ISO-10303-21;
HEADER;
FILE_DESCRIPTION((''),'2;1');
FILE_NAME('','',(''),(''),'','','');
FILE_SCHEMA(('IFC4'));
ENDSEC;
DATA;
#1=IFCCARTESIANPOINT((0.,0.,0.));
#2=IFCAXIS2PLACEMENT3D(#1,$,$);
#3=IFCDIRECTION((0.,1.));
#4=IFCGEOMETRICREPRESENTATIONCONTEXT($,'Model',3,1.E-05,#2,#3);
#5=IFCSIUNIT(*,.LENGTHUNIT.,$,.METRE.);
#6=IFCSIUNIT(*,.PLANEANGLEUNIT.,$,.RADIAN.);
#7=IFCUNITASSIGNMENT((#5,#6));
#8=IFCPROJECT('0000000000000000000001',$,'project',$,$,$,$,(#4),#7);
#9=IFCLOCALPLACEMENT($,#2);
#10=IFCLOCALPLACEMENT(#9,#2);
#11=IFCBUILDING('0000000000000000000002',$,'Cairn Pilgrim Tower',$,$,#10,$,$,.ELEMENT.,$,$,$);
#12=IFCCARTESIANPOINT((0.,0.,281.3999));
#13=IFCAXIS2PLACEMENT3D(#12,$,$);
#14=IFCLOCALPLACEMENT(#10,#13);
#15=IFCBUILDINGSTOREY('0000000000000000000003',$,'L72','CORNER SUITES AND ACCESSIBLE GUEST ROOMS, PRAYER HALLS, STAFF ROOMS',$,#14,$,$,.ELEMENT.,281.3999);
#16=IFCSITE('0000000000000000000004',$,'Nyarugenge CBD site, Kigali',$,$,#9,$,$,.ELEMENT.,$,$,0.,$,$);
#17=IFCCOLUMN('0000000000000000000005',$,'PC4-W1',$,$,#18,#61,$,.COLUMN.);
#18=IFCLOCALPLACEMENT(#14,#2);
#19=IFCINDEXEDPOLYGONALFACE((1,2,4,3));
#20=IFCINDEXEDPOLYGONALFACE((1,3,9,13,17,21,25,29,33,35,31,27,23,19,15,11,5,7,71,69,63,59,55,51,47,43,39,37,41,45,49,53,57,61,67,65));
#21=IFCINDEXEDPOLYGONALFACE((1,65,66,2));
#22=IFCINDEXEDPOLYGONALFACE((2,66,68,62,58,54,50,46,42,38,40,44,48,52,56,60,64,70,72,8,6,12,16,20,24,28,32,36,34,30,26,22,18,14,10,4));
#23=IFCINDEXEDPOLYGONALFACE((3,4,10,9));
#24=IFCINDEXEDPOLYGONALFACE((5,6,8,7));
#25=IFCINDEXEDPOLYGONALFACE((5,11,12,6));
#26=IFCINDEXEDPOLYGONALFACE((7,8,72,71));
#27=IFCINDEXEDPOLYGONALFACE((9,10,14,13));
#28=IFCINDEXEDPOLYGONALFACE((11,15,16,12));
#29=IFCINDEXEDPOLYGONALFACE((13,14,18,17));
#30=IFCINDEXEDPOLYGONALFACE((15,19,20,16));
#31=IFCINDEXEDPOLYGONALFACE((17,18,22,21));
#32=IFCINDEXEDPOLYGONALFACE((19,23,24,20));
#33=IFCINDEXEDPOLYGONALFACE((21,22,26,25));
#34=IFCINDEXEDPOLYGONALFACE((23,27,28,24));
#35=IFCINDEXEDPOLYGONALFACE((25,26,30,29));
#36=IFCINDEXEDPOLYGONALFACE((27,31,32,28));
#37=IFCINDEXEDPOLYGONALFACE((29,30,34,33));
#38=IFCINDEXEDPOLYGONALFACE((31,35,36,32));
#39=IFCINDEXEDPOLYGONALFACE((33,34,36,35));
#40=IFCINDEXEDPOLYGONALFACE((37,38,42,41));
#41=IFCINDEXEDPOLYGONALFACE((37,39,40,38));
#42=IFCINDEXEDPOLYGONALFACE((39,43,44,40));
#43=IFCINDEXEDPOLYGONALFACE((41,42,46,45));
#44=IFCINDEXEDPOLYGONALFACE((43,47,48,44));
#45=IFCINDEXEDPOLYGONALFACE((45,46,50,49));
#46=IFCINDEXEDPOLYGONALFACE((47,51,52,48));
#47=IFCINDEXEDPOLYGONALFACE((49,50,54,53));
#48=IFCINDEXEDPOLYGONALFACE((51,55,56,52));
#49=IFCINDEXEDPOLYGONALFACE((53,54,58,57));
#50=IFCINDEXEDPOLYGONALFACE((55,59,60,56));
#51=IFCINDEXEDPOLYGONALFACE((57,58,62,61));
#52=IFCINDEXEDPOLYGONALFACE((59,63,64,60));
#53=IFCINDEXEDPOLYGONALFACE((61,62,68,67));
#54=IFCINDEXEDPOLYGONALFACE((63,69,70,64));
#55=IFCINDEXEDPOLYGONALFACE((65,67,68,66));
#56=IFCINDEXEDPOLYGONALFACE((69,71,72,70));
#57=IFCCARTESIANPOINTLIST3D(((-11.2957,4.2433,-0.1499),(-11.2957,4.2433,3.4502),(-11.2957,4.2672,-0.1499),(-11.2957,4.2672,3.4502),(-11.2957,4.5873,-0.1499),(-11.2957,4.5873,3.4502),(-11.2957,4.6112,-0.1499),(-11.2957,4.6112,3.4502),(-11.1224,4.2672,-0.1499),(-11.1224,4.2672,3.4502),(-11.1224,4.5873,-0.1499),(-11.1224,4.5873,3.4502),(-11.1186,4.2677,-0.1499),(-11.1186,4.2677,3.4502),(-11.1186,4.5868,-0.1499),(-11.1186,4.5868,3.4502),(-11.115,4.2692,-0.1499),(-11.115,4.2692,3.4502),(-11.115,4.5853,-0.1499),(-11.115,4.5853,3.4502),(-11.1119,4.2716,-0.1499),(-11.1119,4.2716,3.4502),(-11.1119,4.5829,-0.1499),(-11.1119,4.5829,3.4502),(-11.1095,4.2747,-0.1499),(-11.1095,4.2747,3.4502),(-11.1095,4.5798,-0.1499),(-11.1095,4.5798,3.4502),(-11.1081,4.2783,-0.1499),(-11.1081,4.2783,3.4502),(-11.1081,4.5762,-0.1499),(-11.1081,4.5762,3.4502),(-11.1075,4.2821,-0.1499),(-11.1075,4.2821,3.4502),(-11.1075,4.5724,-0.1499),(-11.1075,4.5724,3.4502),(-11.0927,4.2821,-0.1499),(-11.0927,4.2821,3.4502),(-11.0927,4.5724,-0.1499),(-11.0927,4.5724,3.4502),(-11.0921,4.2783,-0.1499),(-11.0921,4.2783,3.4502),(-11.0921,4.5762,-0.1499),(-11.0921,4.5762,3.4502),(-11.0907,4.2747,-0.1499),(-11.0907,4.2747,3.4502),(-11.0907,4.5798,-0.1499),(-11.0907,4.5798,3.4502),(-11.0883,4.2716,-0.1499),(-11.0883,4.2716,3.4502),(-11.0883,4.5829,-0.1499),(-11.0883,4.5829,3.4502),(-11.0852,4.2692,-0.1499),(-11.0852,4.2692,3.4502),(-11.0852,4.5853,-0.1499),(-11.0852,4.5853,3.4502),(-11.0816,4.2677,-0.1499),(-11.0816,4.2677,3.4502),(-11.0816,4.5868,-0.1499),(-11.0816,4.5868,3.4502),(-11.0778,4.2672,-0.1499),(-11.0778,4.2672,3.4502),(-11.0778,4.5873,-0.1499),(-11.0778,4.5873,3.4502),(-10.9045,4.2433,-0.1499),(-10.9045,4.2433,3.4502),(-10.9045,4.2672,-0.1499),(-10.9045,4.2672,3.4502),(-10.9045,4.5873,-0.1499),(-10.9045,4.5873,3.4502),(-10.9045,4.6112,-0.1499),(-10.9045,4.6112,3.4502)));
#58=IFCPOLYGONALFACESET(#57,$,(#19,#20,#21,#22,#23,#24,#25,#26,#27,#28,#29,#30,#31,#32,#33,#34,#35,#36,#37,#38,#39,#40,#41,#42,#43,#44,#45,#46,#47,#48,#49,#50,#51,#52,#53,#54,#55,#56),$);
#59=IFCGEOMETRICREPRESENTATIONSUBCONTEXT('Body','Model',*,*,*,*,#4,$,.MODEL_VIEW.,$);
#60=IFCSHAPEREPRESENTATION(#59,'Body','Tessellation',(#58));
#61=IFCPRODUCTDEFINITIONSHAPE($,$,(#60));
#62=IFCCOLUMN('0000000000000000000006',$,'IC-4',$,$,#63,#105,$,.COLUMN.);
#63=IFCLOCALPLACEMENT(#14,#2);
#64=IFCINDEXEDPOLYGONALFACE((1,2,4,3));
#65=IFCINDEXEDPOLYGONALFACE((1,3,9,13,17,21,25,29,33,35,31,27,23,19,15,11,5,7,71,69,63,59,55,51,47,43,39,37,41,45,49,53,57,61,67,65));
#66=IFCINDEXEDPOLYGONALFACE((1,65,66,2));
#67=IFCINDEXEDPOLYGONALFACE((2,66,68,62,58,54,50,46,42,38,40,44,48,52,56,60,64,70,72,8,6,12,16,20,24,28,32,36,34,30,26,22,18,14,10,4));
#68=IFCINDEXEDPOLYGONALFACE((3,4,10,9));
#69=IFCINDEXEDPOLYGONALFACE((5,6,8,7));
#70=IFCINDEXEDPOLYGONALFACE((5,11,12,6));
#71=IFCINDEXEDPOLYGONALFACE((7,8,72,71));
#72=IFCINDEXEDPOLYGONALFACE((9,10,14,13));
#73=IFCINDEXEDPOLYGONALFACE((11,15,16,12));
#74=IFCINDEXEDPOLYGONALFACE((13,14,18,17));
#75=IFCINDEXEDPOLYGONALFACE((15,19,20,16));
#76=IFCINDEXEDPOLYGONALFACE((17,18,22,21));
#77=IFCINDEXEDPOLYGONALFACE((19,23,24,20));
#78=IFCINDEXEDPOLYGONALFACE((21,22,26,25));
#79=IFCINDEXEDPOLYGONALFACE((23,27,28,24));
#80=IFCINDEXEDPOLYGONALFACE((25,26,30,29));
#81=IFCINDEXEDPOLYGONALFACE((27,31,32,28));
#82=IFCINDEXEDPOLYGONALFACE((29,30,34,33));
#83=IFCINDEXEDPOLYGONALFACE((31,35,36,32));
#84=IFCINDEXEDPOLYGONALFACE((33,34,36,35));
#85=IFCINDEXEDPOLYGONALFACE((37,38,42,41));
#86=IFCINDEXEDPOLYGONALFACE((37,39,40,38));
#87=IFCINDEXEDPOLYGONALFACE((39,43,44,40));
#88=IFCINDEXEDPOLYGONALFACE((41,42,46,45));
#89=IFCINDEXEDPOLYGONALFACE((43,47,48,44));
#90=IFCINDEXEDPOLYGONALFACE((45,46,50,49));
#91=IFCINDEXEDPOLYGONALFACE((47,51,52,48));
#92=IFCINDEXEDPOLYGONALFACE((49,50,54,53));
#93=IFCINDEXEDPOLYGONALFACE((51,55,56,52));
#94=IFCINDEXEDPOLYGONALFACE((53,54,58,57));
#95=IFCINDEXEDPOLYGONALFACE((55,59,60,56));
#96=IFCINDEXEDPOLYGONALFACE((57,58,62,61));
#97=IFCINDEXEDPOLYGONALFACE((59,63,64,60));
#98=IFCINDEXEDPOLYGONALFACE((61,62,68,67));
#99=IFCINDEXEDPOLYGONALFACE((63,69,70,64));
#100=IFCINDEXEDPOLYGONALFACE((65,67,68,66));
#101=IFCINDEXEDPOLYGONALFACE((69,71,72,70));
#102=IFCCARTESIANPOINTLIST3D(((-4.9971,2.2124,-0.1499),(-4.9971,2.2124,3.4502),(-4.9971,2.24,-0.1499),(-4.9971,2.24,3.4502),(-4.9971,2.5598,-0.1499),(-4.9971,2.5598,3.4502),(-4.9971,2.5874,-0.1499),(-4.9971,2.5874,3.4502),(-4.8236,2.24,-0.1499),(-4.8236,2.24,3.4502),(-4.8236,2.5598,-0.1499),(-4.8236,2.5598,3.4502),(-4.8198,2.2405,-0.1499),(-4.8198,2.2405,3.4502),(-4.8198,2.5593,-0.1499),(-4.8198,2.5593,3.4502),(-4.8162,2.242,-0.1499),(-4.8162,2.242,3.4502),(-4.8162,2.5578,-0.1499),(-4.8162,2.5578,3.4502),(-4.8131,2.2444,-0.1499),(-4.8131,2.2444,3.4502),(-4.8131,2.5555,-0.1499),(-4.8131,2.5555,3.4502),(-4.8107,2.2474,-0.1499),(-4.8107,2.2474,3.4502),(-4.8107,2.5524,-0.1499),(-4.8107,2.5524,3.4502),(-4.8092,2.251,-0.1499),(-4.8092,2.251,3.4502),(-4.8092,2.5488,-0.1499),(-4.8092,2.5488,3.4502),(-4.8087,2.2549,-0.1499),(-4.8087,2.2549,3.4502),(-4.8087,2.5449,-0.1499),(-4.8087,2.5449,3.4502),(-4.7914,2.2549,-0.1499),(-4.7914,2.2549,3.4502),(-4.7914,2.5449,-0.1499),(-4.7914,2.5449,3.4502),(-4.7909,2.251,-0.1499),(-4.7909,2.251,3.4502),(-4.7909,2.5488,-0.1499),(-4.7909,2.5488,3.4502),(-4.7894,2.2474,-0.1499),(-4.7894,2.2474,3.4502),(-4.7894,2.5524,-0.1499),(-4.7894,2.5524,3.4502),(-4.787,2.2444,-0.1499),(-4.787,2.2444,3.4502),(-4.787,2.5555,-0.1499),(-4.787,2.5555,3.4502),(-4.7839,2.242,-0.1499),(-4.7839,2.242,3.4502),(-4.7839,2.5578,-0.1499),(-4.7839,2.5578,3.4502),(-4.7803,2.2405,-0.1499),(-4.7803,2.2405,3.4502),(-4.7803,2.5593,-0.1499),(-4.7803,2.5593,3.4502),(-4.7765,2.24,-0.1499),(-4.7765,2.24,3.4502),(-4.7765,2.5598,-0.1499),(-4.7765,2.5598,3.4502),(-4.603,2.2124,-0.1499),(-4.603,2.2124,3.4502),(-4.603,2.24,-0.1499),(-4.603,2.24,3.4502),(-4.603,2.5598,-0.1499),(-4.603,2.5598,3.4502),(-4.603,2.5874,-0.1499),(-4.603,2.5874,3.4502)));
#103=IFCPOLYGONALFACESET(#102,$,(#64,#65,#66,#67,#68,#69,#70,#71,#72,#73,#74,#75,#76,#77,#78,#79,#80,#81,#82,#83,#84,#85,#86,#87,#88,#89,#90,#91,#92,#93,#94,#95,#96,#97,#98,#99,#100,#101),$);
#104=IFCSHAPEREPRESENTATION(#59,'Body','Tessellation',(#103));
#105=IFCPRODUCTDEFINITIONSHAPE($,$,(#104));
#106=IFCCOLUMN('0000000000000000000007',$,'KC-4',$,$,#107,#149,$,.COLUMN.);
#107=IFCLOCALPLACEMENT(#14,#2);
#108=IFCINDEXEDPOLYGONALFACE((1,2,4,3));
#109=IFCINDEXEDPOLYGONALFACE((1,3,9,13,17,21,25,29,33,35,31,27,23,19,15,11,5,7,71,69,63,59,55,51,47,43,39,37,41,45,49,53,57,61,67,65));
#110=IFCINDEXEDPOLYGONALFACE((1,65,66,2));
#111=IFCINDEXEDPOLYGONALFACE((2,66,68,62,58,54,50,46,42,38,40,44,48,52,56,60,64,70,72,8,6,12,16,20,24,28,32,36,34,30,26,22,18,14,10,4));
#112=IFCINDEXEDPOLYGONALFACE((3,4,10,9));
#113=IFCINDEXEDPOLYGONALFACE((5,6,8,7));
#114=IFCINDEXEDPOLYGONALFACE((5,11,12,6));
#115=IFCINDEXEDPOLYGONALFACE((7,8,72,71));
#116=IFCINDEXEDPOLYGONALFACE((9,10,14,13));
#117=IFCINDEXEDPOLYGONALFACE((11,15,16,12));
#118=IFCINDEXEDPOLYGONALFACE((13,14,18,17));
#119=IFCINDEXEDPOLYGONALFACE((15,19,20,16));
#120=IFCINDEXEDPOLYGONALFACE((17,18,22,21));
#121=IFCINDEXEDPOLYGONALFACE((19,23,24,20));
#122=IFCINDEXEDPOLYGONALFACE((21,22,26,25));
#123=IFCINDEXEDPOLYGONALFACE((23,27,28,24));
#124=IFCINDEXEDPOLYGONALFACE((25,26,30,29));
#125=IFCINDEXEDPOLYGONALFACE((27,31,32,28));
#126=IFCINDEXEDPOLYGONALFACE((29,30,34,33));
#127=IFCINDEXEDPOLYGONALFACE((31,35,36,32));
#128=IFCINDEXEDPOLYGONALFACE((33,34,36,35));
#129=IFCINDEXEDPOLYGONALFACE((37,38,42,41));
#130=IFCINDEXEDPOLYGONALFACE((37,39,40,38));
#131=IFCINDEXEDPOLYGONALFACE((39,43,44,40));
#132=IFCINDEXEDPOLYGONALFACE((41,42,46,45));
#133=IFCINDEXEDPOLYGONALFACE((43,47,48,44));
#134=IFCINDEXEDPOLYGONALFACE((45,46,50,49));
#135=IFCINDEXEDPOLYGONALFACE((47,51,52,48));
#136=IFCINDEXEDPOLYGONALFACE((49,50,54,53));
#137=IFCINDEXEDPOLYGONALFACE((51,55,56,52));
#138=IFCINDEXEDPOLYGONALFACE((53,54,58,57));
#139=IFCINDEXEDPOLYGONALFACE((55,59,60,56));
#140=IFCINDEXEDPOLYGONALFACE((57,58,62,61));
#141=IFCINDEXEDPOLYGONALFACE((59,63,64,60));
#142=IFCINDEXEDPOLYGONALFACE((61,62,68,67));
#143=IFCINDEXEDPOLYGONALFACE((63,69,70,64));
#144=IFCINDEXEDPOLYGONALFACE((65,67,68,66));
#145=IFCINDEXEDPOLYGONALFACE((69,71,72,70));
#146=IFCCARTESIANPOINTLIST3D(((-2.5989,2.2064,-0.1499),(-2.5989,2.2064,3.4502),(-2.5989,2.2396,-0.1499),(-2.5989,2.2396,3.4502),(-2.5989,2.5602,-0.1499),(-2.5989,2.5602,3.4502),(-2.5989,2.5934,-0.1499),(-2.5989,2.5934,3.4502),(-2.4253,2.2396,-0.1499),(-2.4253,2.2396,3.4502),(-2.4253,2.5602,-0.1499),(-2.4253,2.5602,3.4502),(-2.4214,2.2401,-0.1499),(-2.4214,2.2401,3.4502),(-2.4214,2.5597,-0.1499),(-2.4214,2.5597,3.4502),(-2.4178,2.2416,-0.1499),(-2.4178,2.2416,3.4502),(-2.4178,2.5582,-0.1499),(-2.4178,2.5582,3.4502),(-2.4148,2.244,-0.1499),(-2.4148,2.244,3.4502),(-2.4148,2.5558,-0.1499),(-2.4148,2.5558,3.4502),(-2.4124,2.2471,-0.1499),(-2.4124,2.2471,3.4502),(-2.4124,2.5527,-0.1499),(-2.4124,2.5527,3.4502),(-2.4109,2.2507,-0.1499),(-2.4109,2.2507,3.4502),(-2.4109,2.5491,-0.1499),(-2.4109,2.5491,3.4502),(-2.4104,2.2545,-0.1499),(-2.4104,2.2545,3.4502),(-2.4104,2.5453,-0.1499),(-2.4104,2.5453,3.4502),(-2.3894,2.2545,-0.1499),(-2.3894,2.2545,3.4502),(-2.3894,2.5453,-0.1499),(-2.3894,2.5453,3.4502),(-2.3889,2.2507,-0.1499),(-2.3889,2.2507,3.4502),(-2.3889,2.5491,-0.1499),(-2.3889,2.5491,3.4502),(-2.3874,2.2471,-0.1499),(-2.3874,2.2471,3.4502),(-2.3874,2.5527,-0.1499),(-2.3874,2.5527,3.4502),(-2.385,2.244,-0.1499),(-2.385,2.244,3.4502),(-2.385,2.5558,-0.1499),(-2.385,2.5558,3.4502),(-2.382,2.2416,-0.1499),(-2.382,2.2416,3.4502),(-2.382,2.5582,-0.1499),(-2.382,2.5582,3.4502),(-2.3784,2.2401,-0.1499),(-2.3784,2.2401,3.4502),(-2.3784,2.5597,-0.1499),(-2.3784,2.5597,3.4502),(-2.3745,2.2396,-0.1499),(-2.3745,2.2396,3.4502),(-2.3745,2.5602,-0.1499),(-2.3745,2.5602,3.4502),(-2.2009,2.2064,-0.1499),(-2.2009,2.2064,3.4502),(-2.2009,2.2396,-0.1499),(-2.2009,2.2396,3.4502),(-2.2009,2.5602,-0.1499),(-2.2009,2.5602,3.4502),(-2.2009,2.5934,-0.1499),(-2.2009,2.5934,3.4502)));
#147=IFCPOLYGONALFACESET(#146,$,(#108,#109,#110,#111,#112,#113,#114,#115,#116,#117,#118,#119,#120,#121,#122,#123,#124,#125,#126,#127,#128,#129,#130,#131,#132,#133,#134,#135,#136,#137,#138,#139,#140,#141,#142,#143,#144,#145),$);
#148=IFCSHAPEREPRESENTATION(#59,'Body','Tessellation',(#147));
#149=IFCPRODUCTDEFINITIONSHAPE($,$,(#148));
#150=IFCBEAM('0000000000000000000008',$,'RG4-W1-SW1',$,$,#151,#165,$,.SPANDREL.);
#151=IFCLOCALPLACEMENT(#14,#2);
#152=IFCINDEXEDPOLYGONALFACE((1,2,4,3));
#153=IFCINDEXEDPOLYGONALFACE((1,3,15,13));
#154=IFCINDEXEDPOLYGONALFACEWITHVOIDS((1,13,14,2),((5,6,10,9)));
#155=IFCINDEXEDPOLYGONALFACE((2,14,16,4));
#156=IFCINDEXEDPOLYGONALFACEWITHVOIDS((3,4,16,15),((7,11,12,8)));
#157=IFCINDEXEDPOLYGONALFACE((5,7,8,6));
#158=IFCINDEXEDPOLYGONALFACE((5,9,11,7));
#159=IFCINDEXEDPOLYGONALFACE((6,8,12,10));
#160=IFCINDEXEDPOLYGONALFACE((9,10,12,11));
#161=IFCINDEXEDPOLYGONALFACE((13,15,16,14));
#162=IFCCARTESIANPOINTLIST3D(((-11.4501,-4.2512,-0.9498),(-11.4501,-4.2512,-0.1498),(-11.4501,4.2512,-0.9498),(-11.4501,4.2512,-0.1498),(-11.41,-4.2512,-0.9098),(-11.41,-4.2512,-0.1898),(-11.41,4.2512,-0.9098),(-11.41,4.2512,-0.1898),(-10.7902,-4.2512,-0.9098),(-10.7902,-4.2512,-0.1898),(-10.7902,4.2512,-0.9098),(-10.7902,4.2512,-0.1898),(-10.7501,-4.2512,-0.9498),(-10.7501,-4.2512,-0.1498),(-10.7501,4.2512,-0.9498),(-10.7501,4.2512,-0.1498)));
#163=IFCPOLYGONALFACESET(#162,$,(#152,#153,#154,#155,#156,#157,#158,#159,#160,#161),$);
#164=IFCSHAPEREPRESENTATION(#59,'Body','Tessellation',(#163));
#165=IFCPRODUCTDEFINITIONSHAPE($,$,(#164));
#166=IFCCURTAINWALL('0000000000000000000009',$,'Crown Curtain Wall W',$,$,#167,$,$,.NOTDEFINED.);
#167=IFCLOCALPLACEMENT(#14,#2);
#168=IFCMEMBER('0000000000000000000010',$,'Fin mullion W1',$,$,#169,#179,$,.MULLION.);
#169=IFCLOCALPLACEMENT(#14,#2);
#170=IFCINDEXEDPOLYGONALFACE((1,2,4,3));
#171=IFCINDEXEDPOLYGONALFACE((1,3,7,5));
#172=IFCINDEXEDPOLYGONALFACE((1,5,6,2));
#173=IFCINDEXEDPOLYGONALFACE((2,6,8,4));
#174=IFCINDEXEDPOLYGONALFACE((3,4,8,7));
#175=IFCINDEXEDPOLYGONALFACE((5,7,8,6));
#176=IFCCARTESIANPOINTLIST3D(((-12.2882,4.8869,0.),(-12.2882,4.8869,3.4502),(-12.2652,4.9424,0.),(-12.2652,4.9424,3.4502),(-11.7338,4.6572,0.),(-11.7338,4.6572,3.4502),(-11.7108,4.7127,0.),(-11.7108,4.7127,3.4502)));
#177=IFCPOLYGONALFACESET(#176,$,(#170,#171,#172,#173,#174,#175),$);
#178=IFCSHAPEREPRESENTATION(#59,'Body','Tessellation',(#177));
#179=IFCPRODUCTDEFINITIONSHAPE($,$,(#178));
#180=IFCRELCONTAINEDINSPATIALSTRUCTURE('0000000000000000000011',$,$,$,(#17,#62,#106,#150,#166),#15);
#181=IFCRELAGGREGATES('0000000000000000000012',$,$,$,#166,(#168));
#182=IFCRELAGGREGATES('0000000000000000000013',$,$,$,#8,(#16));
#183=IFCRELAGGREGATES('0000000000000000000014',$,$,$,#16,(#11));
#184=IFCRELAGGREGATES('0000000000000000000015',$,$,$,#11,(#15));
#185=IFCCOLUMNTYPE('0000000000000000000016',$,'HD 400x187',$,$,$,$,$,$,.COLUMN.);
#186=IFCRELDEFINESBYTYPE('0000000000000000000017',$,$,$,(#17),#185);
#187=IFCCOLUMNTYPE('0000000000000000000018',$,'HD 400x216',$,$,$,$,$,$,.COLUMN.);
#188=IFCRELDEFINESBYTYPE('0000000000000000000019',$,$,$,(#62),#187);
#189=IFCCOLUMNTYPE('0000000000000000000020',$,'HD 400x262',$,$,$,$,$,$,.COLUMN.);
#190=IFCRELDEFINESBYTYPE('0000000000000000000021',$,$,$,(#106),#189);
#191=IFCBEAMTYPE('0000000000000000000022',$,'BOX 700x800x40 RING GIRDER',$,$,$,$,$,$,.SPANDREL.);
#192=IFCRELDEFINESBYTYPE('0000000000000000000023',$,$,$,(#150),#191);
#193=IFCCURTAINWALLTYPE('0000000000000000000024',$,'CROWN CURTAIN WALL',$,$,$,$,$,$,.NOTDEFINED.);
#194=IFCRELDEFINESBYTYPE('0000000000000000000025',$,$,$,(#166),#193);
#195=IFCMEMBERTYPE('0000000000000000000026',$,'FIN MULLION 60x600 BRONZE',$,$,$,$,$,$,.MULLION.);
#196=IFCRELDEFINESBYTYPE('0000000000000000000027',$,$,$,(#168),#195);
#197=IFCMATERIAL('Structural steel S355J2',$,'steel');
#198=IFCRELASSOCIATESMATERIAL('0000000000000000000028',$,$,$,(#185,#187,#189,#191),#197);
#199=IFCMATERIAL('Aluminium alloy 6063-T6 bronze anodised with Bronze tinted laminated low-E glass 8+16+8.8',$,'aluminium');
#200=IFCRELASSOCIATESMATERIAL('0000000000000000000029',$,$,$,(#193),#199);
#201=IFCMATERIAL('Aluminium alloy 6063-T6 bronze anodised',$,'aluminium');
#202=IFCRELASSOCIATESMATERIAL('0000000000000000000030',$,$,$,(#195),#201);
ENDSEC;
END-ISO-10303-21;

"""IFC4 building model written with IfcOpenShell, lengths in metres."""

from ifc_helpers import new_model, si_unit, direction, frame, origin, origin_2d, place, context, subcontext, project, spatial, rectangle, hollow_rectangle, i_section, extrude, material, material_profile, profile_set, type_object, element, aggregate, save


model = new_model("IFC4")

# Units and contexts
model_context = context("Model", 3, precision=1e-05, world=origin(), true_north=direction((0.0, 1.0)))
body_context = subcontext(model_context, "Body", "Model", "MODEL_VIEW")
ifc_project = project(units=[si_unit("LENGTHUNIT", "METRE"), si_unit("PLANEANGLEUNIT", "RADIAN")], contexts=[model_context])

# Site, building, storey
site_placement = place(None, origin())
site = spatial("IfcSite", under=ifc_project, at=site_placement, Name="Nyarugenge CBD site, Kigali", CompositionType="ELEMENT", RefElevation=0.0)
building_placement = place(site_placement, origin())
building = spatial("IfcBuilding", under=site, at=building_placement, Name="Cairn Pilgrim Tower", CompositionType="ELEMENT")
storey_placement = place(building_placement, frame((0.0, 0.0, 281.3999)))
storey = spatial("IfcBuildingStorey", under=building, at=storey_placement, Name="L72", Description="CORNER SUITES AND ACCESSIBLE GUEST ROOMS, PRAYER HALLS, STAFF ROOMS", CompositionType="ELEMENT", Elevation=281.3999)

# Columns
ifc_material_1 = material(Name="Structural steel S355J2", Category="steel")
ifc_material_profile_1 = material_profile(ifc_material_1, i_section(OverallWidth=0.3911, OverallDepth=0.3679, WebThickness=0.0149, FlangeThickness=0.0239, FilletRadius=0.0149, at=origin_2d()), Name="HD 400x187")
ifc_profile_set_1 = profile_set([ifc_material_profile_1], Name="Structural steel S355J2")
column_type_1 = type_object("IfcColumnType", Name="HD 400x187", PredefinedType="COLUMN", material=ifc_profile_set_1)
column_1_placement = place(storey_placement, frame((-11.1001, 4.4272, -0.1499), z_axis=(0.0, 0.0, 1.0), x_axis=(1.0, 0.0, 0.0)))
element("IfcColumn", 1, at=column_1_placement, inside=storey, type_object=column_type_1, Name="PC4-W1", PredefinedType="COLUMN", context=body_context, shape_type="SweptSolid", body=[
    extrude(i_section(OverallWidth=0.3911, OverallDepth=0.3679, WebThickness=0.0149, FlangeThickness=0.0239, FilletRadius=0.0149, at=origin_2d()), origin(), (0.0, 0.0, 1.0), 3.6001),
])
ifc_material_profile_2 = material_profile(ifc_material_1, i_section(OverallWidth=0.394, OverallDepth=0.375, WebThickness=0.0173, FlangeThickness=0.0276, FilletRadius=0.0149, at=origin_2d()), Name="HD 400x216")
ifc_profile_set_2 = profile_set([ifc_material_profile_2], Name="Structural steel S355J2")
column_type_2 = type_object("IfcColumnType", Name="HD 400x216", PredefinedType="COLUMN", material=ifc_profile_set_2)
column_2_placement = place(storey_placement, frame((-4.8, 2.3999, -0.1499), z_axis=(0.0, 0.0, 1.0), x_axis=(1.0, 0.0, 0.0)))
element("IfcColumn", 2, at=column_2_placement, inside=storey, type_object=column_type_2, Name="IC-4", PredefinedType="COLUMN", context=body_context, shape_type="SweptSolid", body=[
    extrude(i_section(OverallWidth=0.394, OverallDepth=0.375, WebThickness=0.0173, FlangeThickness=0.0276, FilletRadius=0.0149, at=origin_2d()), origin(), (0.0, 0.0, 1.0), 3.6001),
])
ifc_material_profile_3 = material_profile(ifc_material_1, i_section(OverallWidth=0.3979, OverallDepth=0.387, WebThickness=0.021, FlangeThickness=0.0332, FilletRadius=0.0149, at=origin_2d()), Name="HD 400x262")
ifc_profile_set_3 = profile_set([ifc_material_profile_3], Name="Structural steel S355J2")
column_type_3 = type_object("IfcColumnType", Name="HD 400x262", PredefinedType="COLUMN", material=ifc_profile_set_3)
column_3_placement = place(storey_placement, frame((-2.3999, 2.3999, -0.1499), z_axis=(0.0, 0.0, 1.0), x_axis=(1.0, 0.0, 0.0)))
element("IfcColumn", 3, at=column_3_placement, inside=storey, type_object=column_type_3, Name="KC-4", PredefinedType="COLUMN", context=body_context, shape_type="SweptSolid", body=[
    extrude(i_section(OverallWidth=0.3979, OverallDepth=0.387, WebThickness=0.021, FlangeThickness=0.0332, FilletRadius=0.0149, at=origin_2d()), origin(), (0.0, 0.0, 1.0), 3.6001),
])

# Beam
ifc_material_profile_4 = material_profile(ifc_material_1, hollow_rectangle(XDim=0.7, YDim=0.8, WallThickness=0.04, at=origin_2d()), Name="BOX 700x800x40")
ifc_profile_set_4 = profile_set([ifc_material_profile_4], Name="Structural steel S355J2")
beam_type_1 = type_object("IfcBeamType", Name="BOX 700x800x40 RING GIRDER", PredefinedType="SPANDREL", material=ifc_profile_set_4)
beam_1_placement = place(storey_placement, frame((-11.1001, 4.2512, -0.5498), z_axis=(0.0, -1.0, 0.0), x_axis=(1.0, 0.0, 0.0)))
element("IfcBeam", 4, at=beam_1_placement, inside=storey, type_object=beam_type_1, Name="RG4-W1-SW1", PredefinedType="SPANDREL", context=body_context, shape_type="SweptSolid", body=[
    extrude(hollow_rectangle(XDim=0.7, YDim=0.8, WallThickness=0.04, at=origin_2d()), origin(), (0.0, 0.0, 1.0), 8.5024),
])

# Curtain wall, member
ifc_material_2 = material(Name="Aluminium alloy 6063-T6 bronze anodised with Bronze tinted laminated low-E glass 8+16+8.8", Category="aluminium")
curtain_wall_type = type_object("IfcCurtainWallType", Name="CROWN CURTAIN WALL", PredefinedType="NOTDEFINED", material=ifc_material_2)
curtain_wall_1_placement = place(storey_placement, origin())
curtain_wall_1 = element("IfcCurtainWall", 5, at=curtain_wall_1_placement, inside=storey, type_object=curtain_wall_type, Name="Crown Curtain Wall W", PredefinedType="NOTDEFINED")
ifc_material_3 = material(Name="Aluminium alloy 6063-T6 bronze anodised", Category="aluminium")
ifc_material_profile_5 = material_profile(ifc_material_3, rectangle(XDim=0.6001, YDim=0.0601, at=origin_2d()), Name="FIN MULLION 60x600 BRONZE")
ifc_profile_set_5 = profile_set([ifc_material_profile_5], Name="Aluminium alloy 6063-T6 bronze anodised")
member_type_1 = type_object("IfcMemberType", Name="FIN MULLION 60x600 BRONZE", PredefinedType="MULLION", material=ifc_profile_set_5)
member_1_placement = place(storey_placement, frame((-11.9995, 4.7998, 0.0), z_axis=(0.0, 0.0, 1.0), x_axis=(-0.92388, 0.382683, 0.0)))
member_1 = element("IfcMember", 6, at=member_1_placement, type_object=member_type_1, Name="Fin mullion W1", PredefinedType="MULLION", context=body_context, shape_type="SweptSolid", body=[
    extrude(rectangle(XDim=0.6001, YDim=0.0601, at=origin_2d()), origin(), (0.0, 0.0, 1.0), 3.4502),
])

aggregate(curtain_wall_1, [member_1])

save(model, "model.ifc")
